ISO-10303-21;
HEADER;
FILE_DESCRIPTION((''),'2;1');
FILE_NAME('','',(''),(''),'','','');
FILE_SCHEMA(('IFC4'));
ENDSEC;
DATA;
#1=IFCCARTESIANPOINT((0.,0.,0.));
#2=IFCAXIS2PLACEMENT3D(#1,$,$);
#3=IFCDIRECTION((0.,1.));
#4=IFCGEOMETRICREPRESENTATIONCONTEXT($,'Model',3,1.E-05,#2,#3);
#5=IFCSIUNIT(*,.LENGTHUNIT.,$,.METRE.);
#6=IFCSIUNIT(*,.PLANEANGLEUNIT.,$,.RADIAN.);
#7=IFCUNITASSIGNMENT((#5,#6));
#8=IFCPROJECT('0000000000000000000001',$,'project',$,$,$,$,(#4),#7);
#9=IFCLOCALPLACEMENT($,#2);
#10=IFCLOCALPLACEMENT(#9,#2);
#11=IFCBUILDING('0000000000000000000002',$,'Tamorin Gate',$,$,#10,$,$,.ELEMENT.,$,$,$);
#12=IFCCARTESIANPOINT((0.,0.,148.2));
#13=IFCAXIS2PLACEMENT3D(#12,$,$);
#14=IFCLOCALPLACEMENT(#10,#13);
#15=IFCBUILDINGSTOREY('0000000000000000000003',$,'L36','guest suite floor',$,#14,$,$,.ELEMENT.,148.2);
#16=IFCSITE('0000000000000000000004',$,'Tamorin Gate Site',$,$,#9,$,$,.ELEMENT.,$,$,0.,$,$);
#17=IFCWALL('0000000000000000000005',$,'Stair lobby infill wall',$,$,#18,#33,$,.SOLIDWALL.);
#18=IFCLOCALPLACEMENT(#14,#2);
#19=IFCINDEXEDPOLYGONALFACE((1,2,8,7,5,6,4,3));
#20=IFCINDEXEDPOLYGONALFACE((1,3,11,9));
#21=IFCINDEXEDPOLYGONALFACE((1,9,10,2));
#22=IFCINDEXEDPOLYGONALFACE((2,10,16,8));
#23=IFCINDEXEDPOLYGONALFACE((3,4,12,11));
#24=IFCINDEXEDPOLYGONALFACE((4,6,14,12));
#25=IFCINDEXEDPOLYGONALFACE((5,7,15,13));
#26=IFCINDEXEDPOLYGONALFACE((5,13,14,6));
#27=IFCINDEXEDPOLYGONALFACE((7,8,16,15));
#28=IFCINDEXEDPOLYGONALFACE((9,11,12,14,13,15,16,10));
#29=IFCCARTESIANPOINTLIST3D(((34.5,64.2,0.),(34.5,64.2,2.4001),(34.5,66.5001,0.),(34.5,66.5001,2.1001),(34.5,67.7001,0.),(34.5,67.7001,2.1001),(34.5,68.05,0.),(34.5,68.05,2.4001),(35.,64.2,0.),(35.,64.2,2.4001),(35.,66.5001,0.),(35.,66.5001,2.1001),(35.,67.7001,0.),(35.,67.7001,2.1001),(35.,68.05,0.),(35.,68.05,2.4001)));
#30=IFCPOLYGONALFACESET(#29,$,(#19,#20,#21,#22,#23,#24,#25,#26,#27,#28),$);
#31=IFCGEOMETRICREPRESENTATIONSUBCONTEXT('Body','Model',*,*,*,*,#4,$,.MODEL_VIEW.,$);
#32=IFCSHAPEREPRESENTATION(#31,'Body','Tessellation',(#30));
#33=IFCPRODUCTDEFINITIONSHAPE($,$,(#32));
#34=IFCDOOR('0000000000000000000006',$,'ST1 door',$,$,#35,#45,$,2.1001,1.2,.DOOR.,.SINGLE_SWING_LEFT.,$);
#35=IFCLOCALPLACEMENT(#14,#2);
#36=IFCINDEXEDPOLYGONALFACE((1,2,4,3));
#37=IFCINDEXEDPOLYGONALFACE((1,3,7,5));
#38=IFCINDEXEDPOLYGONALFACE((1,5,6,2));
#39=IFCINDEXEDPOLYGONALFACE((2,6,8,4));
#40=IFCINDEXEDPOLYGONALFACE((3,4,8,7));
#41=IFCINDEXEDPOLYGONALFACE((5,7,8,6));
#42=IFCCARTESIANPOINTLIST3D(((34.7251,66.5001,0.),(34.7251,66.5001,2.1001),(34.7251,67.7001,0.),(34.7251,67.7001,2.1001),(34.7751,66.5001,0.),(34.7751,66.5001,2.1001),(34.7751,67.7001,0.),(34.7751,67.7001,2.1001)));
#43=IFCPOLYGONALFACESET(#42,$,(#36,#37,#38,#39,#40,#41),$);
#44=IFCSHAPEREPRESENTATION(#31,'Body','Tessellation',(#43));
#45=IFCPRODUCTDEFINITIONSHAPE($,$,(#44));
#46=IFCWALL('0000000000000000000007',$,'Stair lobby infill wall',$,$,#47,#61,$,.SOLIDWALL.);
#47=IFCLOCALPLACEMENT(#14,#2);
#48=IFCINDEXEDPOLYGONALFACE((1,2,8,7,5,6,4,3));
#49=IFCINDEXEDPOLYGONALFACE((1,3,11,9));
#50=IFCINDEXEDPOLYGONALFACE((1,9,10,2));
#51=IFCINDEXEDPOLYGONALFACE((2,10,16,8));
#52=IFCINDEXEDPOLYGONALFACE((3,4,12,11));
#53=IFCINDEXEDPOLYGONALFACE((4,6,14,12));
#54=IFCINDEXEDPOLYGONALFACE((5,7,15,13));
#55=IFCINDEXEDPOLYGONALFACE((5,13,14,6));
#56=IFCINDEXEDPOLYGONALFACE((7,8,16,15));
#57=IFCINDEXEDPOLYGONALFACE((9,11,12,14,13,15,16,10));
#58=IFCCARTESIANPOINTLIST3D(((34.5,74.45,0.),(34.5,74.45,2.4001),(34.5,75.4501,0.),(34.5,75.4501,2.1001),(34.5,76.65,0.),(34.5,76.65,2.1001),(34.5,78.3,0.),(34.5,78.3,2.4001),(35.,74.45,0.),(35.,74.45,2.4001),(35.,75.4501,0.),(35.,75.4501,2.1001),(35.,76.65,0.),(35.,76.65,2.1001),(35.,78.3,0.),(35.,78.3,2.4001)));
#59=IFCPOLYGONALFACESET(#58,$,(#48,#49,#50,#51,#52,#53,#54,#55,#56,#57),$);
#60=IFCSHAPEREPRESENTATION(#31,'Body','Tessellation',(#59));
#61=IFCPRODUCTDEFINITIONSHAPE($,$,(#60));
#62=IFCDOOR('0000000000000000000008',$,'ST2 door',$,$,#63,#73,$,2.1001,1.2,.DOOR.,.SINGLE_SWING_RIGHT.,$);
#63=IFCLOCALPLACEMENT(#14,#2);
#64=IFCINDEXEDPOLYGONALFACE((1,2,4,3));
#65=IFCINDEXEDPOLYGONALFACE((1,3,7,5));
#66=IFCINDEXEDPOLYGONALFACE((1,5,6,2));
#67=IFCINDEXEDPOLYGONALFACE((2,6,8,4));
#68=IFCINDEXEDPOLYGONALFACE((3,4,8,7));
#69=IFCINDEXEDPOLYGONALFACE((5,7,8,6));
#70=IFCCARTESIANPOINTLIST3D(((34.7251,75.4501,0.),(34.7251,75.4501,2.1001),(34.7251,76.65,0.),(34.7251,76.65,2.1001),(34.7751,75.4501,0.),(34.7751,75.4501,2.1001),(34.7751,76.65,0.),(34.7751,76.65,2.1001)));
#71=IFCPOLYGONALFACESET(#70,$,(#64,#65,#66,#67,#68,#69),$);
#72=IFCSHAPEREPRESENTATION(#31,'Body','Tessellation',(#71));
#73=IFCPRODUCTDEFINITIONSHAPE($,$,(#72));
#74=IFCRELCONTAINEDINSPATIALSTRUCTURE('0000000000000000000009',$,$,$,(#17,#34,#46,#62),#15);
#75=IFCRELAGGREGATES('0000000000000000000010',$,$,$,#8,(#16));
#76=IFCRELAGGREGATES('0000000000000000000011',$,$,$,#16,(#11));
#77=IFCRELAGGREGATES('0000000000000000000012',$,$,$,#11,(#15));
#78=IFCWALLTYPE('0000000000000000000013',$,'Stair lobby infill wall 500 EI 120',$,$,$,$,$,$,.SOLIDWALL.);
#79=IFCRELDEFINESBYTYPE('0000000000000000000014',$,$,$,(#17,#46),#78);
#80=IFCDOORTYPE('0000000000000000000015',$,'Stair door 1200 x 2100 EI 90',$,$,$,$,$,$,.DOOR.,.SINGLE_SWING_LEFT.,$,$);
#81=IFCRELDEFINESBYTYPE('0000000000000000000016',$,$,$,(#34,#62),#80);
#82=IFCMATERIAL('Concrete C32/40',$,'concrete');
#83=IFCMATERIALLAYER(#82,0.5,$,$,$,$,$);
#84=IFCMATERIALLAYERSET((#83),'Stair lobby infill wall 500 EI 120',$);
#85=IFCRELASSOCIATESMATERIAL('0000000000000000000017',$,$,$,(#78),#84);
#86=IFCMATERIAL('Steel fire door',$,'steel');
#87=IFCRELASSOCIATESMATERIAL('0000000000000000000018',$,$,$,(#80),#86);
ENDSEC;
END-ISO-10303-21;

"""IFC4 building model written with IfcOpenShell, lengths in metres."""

from ifc_helpers import new_model, si_unit, direction, frame, frame_2d, origin, place, context, subcontext, project, spatial, rectangle, extrude, material, layer, layer_set, type_object, element, fill, save


model = new_model("IFC4")

# Units and contexts
model_context = context("Model", 3, precision=1e-05, world=origin(), true_north=direction((0.0, 1.0)))
body_context = subcontext(model_context, "Body", "Model", "MODEL_VIEW")
ifc_project = project(units=[si_unit("LENGTHUNIT", "METRE"), si_unit("PLANEANGLEUNIT", "RADIAN")], contexts=[model_context])

# Site, building, storey
site_placement = place(None, origin())
site = spatial("IfcSite", under=ifc_project, at=site_placement, Name="Tamorin Gate Site", CompositionType="ELEMENT", RefElevation=0.0)
building_placement = place(site_placement, origin())
building = spatial("IfcBuilding", under=site, at=building_placement, Name="Tamorin Gate", CompositionType="ELEMENT")
storey_placement = place(building_placement, frame((0.0, 0.0, 148.2)))
storey = spatial("IfcBuildingStorey", under=building, at=storey_placement, Name="L36", Description="guest suite floor", CompositionType="ELEMENT", Elevation=148.2)

# Shared definitions
ifc_material_1 = material(Name="Steel fire door", Category="steel")

# Walls, openings, doors
ifc_material_2 = material(Name="Concrete C32/40", Category="concrete")
ifc_layer_1 = layer(ifc_material_2, 0.5)
ifc_layer_set_1 = layer_set([ifc_layer_1], Name="Stair lobby infill wall 500 EI 120")
wall_type_1 = type_object("IfcWallType", Name="Stair lobby infill wall 500 EI 120", PredefinedType="SOLIDWALL", material=ifc_layer_set_1)
wall_1_placement = place(storey_placement, frame((34.75, 64.2, 0.0), z_axis=(0.0, 0.0, 1.0), x_axis=(0.0, 1.0, 0.0)))
wall_1 = element("IfcWall", 1, at=wall_1_placement, inside=storey, type_object=wall_type_1, Name="Stair lobby infill wall", PredefinedType="SOLIDWALL", context=body_context, shape_type="SweptSolid", body=[
    extrude(rectangle(XDim=3.8501, YDim=0.5, at=frame_2d((1.925, 0.0))), origin(), (0.0, 0.0, 1.0), 2.4001),
])
opening_1_placement = place(wall_1_placement, frame((2.3, 0.0, 0.0)))
opening_1 = element("IfcOpeningElement", 2, at=opening_1_placement, cuts=wall_1, PredefinedType="OPENING", context=body_context, shape_type="SweptSolid", body=[
    extrude(rectangle(XDim=1.2, YDim=2.1001, at=frame_2d((0.6001, 1.05))), frame((0.0, 0.26, 0.0), z_axis=(0.0, -1.0, 0.0), x_axis=(1.0, 0.0, 0.0)), (0.0, 0.0, 1.0), 0.52),
])
door_type_1 = type_object("IfcDoorType", Name="Stair door 1200 x 2100 EI 90", OperationType="SINGLE_SWING_LEFT", PredefinedType="DOOR", material=ifc_material_1)
door_1_placement = place(opening_1_placement, origin())
door_1 = element("IfcDoor", 3, at=door_1_placement, inside=storey, type_object=door_type_1, Name="ST1 door", OperationType="SINGLE_SWING_LEFT", OverallHeight=2.1001, OverallWidth=1.2, PredefinedType="DOOR", context=body_context, shape_type="SweptSolid", body=[
    extrude(rectangle(XDim=1.2, YDim=2.1001, at=frame_2d((0.6001, 1.05))), frame((0.0, 0.0249, 0.0), z_axis=(0.0, -1.0, 0.0), x_axis=(1.0, 0.0, 0.0)), (0.0, 0.0, 1.0), 0.05),
])
fill(opening_1, door_1)
wall_2_placement = place(storey_placement, frame((34.75, 74.45, 0.0), z_axis=(0.0, 0.0, 1.0), x_axis=(0.0, 1.0, 0.0)))
wall_2 = element("IfcWall", 4, at=wall_2_placement, inside=storey, type_object=wall_type_1, Name="Stair lobby infill wall", PredefinedType="SOLIDWALL", context=body_context, shape_type="SweptSolid", body=[
    extrude(rectangle(XDim=3.8501, YDim=0.5, at=frame_2d((1.925, 0.0))), origin(), (0.0, 0.0, 1.0), 2.4001),
])
opening_2_placement = place(wall_2_placement, frame((1.0, 0.0, 0.0)))
opening_2 = element("IfcOpeningElement", 5, at=opening_2_placement, cuts=wall_2, PredefinedType="OPENING", context=body_context, shape_type="SweptSolid", body=[
    extrude(rectangle(XDim=1.2, YDim=2.1001, at=frame_2d((0.6001, 1.05))), frame((0.0, 0.26, 0.0), z_axis=(0.0, -1.0, 0.0), x_axis=(1.0, 0.0, 0.0)), (0.0, 0.0, 1.0), 0.52),
])
door_2_placement = place(opening_2_placement, origin())
door_2 = element("IfcDoor", 6, at=door_2_placement, inside=storey, type_object=door_type_1, Name="ST2 door", OperationType="SINGLE_SWING_RIGHT", OverallHeight=2.1001, OverallWidth=1.2, PredefinedType="DOOR", context=body_context, shape_type="SweptSolid", body=[
    extrude(rectangle(XDim=1.2, YDim=2.1001, at=frame_2d((0.6001, 1.05))), frame((0.0, 0.0249, 0.0), z_axis=(0.0, -1.0, 0.0), x_axis=(1.0, 0.0, 0.0)), (0.0, 0.0, 1.0), 0.05),
])
fill(opening_2, door_2)

save(model, "model.ifc")
